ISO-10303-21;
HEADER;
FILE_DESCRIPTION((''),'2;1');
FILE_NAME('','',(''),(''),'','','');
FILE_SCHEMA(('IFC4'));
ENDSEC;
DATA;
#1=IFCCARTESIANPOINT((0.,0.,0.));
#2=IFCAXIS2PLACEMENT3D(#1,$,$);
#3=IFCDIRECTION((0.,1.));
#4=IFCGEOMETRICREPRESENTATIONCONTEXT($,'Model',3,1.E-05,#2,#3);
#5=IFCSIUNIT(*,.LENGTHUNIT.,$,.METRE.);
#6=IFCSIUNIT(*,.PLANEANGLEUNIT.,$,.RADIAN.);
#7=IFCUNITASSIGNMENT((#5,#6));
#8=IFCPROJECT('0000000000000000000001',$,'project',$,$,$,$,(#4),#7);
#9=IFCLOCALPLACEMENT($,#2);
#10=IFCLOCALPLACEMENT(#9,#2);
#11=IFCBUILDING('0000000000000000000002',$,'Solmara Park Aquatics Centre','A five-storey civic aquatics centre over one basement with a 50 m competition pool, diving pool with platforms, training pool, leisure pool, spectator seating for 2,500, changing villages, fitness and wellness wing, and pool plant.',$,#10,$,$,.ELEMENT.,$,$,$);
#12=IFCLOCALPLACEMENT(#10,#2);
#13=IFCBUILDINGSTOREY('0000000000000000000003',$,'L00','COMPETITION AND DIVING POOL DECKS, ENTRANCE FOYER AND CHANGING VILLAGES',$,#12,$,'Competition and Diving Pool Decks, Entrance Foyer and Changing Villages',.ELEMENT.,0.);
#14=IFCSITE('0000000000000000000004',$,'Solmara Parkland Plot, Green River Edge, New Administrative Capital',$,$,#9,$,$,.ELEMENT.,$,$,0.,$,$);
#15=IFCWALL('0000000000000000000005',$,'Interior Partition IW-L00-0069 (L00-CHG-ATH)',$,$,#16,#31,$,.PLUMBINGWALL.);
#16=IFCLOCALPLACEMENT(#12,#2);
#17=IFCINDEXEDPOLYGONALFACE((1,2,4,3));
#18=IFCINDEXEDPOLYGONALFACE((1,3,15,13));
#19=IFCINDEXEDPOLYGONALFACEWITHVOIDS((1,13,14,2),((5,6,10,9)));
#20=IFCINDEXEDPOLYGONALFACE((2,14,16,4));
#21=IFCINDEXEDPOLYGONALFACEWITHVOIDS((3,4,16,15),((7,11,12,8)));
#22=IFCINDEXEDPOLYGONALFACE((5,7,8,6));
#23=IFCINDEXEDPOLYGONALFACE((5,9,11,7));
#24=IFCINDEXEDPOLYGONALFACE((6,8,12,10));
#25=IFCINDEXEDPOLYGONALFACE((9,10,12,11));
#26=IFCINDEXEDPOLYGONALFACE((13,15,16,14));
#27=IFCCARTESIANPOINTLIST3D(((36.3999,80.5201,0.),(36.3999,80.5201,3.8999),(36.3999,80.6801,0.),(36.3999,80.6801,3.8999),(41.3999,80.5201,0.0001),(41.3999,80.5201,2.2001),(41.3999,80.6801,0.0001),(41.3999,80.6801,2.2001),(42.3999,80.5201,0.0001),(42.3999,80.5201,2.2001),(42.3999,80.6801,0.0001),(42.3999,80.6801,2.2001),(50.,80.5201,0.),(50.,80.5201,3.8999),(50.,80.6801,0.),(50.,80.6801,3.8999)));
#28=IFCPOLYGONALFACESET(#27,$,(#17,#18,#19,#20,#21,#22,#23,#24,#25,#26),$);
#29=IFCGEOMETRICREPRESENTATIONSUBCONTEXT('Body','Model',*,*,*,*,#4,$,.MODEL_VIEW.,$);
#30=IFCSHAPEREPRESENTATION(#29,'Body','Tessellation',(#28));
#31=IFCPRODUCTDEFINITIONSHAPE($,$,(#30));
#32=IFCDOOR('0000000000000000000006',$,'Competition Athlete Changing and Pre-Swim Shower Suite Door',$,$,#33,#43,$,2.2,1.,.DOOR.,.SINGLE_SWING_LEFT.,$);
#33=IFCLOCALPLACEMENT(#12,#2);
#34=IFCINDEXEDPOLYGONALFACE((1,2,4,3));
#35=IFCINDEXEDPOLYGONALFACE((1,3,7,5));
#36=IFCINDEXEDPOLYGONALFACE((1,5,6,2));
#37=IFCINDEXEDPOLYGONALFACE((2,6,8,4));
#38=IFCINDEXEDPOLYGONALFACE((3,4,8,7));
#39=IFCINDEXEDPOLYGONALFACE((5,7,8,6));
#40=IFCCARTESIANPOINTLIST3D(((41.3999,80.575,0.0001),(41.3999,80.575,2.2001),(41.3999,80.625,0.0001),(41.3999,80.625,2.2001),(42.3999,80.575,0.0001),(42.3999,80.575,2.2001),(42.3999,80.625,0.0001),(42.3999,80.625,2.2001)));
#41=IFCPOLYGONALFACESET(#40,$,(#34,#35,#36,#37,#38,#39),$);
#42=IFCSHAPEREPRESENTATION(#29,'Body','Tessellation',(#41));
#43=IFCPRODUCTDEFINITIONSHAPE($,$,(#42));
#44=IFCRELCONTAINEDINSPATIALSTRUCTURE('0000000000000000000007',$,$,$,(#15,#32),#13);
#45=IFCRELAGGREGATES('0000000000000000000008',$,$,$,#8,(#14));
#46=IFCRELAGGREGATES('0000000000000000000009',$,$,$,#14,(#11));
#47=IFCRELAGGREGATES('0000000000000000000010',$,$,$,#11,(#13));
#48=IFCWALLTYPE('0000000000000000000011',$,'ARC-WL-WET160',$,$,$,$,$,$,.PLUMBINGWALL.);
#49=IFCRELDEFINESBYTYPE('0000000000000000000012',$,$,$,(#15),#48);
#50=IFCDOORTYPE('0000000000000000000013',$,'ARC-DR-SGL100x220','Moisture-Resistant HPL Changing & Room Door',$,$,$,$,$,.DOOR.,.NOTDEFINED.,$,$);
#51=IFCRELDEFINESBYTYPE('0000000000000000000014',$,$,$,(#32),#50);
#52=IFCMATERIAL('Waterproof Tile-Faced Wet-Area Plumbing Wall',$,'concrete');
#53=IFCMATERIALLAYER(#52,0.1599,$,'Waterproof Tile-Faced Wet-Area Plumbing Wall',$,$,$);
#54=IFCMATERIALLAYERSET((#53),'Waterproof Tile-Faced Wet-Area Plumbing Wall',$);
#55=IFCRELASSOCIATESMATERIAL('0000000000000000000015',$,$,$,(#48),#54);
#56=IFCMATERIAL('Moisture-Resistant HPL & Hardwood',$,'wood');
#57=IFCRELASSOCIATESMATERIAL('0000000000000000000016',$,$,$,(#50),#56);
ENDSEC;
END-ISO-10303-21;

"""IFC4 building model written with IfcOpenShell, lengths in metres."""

from ifc_helpers import new_model, si_unit, direction, frame, frame_2d, origin, place, context, subcontext, project, spatial, rectangle, extrude, material, layer, layer_set, type_object, element, fill, save


model = new_model("IFC4")

# Units and contexts
model_context = context("Model", 3, precision=1e-05, world=origin(), true_north=direction((0.0, 1.0)))
body_context = subcontext(model_context, "Body", "Model", "MODEL_VIEW")
ifc_project = project(units=[si_unit("LENGTHUNIT", "METRE"), si_unit("PLANEANGLEUNIT", "RADIAN")], contexts=[model_context])

# Site, building, storey
site_placement = place(None, origin())
site = spatial("IfcSite", under=ifc_project, at=site_placement, Name="Solmara Parkland Plot, Green River Edge, New Administrative Capital", CompositionType="ELEMENT", RefElevation=0.0)
building_placement = place(site_placement, origin())
building = spatial("IfcBuilding", under=site, at=building_placement, Name="Solmara Park Aquatics Centre", Description="A five-storey civic aquatics centre over one basement with a 50 m competition pool, diving pool with platforms, training pool, leisure pool, spectator seating for 2,500, changing villages, fitness and wellness wing, and pool plant.", CompositionType="ELEMENT")
storey_placement = place(building_placement, origin())
storey = spatial("IfcBuildingStorey", under=building, at=storey_placement, Name="L00", Description="COMPETITION AND DIVING POOL DECKS, ENTRANCE FOYER AND CHANGING VILLAGES", LongName="Competition and Diving Pool Decks, Entrance Foyer and Changing Villages", CompositionType="ELEMENT", Elevation=0.0)

# Shared definitions
ifc_material_1 = material(Name="Waterproof Tile-Faced Wet-Area Plumbing Wall", Category="concrete")
ifc_layer_1 = layer(ifc_material_1, 0.1599, Name="Waterproof Tile-Faced Wet-Area Plumbing Wall")
ifc_layer_set_1 = layer_set([ifc_layer_1], Name="Waterproof Tile-Faced Wet-Area Plumbing Wall")
wall_type = type_object("IfcWallType", Name="ARC-WL-WET160", PredefinedType="PLUMBINGWALL", material=ifc_layer_set_1)
ifc_material_2 = material(Name="Moisture-Resistant HPL & Hardwood", Category="wood")
door_type = type_object("IfcDoorType", Name="ARC-DR-SGL100x220", Description="Moisture-Resistant HPL Changing & Room Door", OperationType="NOTDEFINED", PredefinedType="DOOR", material=ifc_material_2)

# Wall, opening, door
wall_1_placement = place(storey_placement, frame((36.3999, 80.6001, 0.0), z_axis=(0.0, 0.0, 1.0), x_axis=(1.0, 0.0, 0.0)))
wall_1 = element("IfcWall", 1, at=wall_1_placement, inside=storey, type_object=wall_type, Name="Interior Partition IW-L00-0069 (L00-CHG-ATH)", PredefinedType="PLUMBINGWALL", context=body_context, shape_type="SweptSolid", body=[
    extrude(rectangle(XDim=13.6001, YDim=0.1599, at=frame_2d((6.8, 0.0))), origin(), (0.0, 0.0, 1.0), 3.8999),
])
opening_1_placement = place(wall_1_placement, frame((5.0, 0.0, 0.0)))
opening_1 = element("IfcOpeningElement", 2, at=opening_1_placement, cuts=wall_1, PredefinedType="OPENING", context=body_context, shape_type="SweptSolid", body=[
    extrude(rectangle(XDim=1.0, YDim=2.2, at=frame_2d((0.5, 1.1001))), frame((0.0, 0.0898, 0.0), z_axis=(0.0, -1.0, 0.0), x_axis=(1.0, 0.0, 0.0)), (0.0, 0.0, 1.0), 0.1799),
])
door_1_placement = place(opening_1_placement, origin())
door_1 = element("IfcDoor", 3, at=door_1_placement, inside=storey, type_object=door_type, Name="Competition Athlete Changing and Pre-Swim Shower Suite Door", OperationType="SINGLE_SWING_LEFT", OverallHeight=2.2, OverallWidth=1.0, PredefinedType="DOOR", context=body_context, shape_type="SweptSolid", body=[
    extrude(rectangle(XDim=1.0, YDim=2.2, at=frame_2d((0.5, 1.1001))), frame((0.0, 0.0249, 0.0), z_axis=(0.0, -1.0, 0.0), x_axis=(1.0, 0.0, 0.0)), (0.0, 0.0, 1.0), 0.05),
])
fill(opening_1, door_1)

save(model, "model.ifc")
